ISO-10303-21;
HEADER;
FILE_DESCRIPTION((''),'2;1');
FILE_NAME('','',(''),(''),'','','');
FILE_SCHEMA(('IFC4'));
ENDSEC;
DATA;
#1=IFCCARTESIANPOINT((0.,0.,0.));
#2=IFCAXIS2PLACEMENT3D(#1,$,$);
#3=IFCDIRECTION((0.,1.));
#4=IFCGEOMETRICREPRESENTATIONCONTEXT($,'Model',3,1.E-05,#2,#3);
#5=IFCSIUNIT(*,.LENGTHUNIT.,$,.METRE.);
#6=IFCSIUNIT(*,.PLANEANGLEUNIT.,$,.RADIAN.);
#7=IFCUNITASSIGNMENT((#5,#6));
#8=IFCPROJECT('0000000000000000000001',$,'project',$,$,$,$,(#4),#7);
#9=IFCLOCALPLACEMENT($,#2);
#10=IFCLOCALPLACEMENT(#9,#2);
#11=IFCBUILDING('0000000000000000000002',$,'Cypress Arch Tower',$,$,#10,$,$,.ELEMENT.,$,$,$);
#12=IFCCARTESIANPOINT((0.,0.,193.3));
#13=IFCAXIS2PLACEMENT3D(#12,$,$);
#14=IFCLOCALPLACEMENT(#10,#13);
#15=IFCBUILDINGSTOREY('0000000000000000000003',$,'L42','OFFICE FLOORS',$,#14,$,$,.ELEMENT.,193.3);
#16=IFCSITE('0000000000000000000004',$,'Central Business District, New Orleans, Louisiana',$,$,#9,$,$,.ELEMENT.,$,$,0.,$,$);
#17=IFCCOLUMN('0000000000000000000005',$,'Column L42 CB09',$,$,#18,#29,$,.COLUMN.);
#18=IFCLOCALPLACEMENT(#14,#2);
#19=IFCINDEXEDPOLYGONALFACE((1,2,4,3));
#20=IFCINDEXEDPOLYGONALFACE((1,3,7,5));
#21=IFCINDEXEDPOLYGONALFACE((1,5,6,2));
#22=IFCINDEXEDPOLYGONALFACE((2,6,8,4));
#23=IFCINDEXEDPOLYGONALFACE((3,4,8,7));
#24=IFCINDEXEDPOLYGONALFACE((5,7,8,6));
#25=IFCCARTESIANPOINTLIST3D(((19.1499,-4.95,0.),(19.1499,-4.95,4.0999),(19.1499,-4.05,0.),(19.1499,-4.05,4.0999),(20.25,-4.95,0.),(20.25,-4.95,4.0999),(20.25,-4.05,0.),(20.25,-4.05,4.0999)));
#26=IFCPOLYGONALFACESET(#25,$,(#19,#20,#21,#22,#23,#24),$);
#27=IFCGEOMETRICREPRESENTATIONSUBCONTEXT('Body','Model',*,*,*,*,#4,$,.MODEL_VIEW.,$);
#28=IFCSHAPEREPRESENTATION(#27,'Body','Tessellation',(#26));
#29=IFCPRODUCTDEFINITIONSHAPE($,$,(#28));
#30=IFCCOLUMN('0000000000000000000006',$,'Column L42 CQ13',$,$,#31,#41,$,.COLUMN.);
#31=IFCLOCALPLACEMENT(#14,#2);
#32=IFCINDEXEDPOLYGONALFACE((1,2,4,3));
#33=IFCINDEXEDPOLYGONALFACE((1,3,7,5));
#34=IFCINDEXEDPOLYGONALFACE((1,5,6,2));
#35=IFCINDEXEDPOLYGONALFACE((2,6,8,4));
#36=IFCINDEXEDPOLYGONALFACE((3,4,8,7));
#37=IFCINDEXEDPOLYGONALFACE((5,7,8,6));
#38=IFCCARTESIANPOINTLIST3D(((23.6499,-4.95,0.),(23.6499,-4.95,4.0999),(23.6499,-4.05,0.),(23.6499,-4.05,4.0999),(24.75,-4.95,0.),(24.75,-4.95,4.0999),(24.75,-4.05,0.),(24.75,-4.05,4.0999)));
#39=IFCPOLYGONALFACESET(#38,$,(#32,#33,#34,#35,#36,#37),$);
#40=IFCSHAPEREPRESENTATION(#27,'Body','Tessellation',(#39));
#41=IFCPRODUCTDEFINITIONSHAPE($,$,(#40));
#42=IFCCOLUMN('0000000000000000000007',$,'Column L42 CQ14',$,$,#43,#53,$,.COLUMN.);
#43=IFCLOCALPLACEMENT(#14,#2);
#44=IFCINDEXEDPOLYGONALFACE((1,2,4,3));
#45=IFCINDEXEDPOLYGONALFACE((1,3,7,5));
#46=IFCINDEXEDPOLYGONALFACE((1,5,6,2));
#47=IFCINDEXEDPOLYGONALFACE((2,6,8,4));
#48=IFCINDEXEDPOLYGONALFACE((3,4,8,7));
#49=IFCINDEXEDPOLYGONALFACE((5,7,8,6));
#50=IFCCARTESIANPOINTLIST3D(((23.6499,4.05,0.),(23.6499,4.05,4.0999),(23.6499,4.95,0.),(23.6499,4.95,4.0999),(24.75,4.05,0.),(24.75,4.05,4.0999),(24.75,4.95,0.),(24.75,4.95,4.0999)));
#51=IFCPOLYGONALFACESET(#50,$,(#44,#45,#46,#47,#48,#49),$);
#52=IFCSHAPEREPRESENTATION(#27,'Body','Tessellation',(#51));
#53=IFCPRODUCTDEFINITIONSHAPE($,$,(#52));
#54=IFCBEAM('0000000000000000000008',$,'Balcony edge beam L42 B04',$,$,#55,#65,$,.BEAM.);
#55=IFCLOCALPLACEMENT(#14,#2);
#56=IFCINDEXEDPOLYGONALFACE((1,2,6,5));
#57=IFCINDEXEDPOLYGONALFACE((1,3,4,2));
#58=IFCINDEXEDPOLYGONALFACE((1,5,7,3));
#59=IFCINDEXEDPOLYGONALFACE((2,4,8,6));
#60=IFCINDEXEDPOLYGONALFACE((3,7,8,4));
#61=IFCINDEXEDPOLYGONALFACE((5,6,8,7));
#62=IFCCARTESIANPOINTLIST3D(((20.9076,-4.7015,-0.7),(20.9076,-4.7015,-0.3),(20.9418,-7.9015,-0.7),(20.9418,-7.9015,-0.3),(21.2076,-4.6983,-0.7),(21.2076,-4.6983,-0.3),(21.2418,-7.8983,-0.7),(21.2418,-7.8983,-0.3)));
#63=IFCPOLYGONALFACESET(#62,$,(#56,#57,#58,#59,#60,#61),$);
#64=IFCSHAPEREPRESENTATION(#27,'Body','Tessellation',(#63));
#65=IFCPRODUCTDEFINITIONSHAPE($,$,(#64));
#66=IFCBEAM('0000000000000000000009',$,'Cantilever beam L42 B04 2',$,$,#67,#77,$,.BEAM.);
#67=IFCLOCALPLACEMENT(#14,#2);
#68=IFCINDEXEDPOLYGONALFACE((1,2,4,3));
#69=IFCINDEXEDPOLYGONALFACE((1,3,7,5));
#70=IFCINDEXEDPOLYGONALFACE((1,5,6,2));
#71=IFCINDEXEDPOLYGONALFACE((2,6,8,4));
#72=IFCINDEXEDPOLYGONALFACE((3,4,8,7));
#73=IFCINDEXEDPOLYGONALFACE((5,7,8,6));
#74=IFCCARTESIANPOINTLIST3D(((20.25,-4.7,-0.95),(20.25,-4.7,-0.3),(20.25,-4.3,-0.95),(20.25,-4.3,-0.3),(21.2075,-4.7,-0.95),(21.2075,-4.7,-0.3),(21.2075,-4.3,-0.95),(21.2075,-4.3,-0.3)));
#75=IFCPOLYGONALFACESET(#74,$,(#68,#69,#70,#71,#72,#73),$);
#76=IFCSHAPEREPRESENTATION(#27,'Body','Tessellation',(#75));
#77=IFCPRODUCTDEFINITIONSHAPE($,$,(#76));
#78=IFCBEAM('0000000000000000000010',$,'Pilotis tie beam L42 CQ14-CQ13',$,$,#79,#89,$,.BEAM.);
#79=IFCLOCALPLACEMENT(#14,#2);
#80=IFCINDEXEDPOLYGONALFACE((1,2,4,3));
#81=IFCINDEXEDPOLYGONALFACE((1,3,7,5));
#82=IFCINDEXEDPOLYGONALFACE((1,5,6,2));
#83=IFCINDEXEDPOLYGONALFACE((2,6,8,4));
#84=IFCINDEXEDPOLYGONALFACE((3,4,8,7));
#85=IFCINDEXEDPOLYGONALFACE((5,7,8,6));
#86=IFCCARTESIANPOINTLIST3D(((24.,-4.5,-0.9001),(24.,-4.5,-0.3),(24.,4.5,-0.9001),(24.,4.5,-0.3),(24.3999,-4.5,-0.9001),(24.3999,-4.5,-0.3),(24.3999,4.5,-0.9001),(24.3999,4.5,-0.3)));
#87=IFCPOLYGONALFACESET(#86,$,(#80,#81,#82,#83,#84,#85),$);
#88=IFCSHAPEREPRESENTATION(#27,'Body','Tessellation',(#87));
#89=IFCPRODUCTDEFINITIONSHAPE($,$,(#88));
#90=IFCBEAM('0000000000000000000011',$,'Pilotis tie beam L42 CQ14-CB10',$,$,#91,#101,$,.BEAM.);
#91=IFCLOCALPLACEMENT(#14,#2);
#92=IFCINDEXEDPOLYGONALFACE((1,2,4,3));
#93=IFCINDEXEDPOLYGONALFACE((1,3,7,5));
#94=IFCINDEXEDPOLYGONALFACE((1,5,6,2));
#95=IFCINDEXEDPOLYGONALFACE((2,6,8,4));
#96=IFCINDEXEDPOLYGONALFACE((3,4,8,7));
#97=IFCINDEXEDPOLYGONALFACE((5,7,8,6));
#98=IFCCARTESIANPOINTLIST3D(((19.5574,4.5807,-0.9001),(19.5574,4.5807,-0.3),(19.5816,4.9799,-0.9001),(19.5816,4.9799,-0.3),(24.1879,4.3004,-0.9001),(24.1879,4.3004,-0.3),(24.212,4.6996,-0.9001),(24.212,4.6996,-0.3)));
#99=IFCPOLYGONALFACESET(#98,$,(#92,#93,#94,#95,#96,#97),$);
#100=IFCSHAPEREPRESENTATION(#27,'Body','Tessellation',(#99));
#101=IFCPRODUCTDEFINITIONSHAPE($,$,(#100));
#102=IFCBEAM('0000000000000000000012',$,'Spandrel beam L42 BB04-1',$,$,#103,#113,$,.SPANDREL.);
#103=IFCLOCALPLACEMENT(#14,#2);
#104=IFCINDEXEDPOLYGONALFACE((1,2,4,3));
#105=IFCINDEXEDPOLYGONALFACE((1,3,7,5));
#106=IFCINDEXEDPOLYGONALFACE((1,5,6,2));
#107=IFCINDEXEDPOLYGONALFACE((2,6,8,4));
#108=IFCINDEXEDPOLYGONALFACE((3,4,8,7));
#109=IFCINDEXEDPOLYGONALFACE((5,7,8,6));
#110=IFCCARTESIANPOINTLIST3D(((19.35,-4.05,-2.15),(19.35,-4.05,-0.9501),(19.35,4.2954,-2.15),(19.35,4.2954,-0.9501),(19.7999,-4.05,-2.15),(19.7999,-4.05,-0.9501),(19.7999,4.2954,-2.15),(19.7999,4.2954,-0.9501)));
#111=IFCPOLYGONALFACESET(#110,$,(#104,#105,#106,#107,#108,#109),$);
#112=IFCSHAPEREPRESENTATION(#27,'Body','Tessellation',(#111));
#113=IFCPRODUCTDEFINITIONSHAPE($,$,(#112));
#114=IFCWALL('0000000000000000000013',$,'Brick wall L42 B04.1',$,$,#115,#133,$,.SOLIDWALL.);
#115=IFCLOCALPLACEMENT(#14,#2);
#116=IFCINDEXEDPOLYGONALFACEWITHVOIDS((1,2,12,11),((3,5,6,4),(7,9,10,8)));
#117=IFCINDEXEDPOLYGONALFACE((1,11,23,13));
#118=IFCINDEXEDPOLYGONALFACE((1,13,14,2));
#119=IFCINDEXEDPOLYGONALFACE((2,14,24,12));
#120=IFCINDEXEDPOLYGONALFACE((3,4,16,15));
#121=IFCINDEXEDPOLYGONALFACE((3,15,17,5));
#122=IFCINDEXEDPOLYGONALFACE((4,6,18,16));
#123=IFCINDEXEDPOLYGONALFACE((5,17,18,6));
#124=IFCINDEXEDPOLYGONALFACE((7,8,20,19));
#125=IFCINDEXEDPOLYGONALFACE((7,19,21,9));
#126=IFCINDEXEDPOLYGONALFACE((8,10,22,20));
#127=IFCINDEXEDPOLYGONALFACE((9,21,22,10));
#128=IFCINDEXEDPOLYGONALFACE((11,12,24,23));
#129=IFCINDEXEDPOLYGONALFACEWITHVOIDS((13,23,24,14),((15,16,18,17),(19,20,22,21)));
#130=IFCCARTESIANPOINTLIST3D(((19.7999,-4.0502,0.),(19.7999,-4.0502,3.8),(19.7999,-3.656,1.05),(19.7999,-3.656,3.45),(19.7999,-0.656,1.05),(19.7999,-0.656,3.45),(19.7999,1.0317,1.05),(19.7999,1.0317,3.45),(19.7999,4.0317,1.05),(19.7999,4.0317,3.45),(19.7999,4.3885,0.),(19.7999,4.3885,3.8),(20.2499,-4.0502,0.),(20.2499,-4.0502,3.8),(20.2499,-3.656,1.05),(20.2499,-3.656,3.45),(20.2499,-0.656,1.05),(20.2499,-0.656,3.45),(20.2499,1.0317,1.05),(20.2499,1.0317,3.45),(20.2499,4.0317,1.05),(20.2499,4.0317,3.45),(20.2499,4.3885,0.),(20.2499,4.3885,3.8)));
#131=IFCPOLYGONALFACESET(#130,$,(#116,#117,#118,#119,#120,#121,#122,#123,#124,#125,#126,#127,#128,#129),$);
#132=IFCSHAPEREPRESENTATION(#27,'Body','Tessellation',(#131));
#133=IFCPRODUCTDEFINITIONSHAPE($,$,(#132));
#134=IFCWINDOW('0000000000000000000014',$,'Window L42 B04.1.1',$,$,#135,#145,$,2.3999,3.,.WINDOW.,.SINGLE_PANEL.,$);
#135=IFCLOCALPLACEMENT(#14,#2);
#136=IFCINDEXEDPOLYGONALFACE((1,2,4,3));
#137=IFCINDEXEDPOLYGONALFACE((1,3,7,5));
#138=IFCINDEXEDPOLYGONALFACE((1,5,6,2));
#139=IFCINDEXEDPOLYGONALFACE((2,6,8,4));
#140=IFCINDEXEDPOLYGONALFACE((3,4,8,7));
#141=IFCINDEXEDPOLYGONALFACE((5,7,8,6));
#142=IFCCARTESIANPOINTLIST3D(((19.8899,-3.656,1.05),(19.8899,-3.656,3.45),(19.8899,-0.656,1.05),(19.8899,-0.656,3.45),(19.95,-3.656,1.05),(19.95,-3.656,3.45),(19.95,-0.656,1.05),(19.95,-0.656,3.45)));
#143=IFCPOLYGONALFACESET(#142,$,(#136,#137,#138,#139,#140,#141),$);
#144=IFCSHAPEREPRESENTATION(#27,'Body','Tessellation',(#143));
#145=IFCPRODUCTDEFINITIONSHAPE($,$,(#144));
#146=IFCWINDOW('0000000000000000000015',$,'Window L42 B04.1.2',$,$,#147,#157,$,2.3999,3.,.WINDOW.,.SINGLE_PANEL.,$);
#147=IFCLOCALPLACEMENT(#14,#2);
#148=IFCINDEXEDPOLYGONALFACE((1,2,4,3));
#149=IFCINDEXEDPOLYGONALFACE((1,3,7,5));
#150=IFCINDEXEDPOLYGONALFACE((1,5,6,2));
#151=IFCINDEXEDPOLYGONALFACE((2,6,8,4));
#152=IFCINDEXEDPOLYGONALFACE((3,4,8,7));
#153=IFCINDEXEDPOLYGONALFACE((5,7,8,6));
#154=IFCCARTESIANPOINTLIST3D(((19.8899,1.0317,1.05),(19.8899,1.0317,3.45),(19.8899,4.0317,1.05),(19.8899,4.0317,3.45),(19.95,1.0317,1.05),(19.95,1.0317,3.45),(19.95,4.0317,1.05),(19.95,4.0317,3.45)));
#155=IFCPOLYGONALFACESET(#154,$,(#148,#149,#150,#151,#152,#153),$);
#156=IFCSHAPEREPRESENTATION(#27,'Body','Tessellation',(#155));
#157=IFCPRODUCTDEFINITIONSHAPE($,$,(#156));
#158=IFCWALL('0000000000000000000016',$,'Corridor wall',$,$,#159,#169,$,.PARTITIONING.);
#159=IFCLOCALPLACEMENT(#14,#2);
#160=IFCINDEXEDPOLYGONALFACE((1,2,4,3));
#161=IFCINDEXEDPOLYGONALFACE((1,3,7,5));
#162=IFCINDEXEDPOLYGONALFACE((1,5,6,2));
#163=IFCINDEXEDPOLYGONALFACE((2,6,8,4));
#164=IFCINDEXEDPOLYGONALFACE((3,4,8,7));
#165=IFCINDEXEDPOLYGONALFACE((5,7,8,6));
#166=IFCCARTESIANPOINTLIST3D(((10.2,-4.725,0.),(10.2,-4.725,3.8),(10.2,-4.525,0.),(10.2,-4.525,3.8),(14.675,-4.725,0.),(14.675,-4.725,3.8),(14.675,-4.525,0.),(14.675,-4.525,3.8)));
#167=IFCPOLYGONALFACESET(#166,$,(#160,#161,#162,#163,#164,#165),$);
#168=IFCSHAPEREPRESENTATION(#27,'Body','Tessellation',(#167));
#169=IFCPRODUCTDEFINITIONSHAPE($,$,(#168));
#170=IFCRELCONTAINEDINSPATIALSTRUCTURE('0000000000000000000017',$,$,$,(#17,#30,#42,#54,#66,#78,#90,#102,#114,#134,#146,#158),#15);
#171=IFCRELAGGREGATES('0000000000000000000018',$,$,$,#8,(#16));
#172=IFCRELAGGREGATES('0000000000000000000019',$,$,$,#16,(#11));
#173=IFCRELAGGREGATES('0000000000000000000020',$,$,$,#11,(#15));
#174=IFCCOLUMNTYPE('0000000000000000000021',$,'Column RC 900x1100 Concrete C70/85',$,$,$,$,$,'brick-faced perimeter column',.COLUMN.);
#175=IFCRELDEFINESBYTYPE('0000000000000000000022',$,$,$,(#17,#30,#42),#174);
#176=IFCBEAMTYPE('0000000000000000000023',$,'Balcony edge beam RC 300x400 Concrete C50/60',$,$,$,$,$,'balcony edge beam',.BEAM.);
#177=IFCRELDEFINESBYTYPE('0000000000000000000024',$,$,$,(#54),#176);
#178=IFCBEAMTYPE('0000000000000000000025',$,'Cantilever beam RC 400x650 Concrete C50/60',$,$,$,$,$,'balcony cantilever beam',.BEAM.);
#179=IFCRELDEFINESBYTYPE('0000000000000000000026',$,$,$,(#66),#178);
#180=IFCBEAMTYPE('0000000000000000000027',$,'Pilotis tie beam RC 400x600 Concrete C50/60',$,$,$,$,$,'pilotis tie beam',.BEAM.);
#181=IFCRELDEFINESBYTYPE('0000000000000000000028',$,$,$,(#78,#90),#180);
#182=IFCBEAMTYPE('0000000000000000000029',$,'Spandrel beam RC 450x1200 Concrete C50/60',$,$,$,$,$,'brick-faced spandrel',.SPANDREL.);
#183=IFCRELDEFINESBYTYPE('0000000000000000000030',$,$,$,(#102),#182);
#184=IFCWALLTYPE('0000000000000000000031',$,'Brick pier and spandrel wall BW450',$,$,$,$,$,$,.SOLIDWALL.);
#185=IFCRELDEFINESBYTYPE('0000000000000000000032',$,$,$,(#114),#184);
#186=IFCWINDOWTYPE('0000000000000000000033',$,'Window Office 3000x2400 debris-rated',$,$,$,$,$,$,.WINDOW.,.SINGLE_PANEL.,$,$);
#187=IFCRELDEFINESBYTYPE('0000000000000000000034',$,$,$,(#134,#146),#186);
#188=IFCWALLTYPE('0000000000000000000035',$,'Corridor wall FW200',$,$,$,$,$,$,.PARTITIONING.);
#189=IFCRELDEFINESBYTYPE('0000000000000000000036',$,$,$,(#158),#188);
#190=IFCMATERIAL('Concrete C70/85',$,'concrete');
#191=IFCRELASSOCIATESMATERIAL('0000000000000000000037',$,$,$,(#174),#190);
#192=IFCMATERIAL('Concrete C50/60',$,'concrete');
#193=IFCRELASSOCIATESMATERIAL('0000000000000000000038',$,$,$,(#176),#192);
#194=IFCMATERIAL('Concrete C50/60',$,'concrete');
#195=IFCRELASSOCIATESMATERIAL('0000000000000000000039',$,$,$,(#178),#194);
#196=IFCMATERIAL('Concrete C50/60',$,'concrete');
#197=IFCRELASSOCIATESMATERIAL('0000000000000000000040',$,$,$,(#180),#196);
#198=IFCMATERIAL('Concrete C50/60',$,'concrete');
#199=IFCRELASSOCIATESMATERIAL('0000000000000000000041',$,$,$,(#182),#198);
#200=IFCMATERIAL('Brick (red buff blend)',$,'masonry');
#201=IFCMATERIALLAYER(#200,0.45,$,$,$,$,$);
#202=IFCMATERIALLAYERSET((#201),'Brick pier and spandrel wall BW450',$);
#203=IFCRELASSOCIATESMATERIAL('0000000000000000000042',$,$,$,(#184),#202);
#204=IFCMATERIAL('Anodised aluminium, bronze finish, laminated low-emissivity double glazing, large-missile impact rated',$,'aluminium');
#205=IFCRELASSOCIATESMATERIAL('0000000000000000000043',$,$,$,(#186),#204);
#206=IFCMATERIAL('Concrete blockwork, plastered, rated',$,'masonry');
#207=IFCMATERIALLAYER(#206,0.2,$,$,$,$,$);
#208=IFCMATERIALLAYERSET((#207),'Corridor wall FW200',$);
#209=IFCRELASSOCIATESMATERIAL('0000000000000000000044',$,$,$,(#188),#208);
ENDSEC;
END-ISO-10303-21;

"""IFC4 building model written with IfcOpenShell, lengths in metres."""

from ifc_helpers import new_model, si_unit, direction, frame, frame_2d, origin, origin_2d, place, context, subcontext, project, spatial, rectangle, extrude, material, layer, layer_set, material_profile, profile_set, type_object, element, fill, save


model = new_model("IFC4")

# Units and contexts
model_context = context("Model", 3, precision=1e-05, world=origin(), true_north=direction((0.0, 1.0)))
body_context = subcontext(model_context, "Body", "Model", "MODEL_VIEW")
ifc_project = project(units=[si_unit("LENGTHUNIT", "METRE"), si_unit("PLANEANGLEUNIT", "RADIAN")], contexts=[model_context])

# Site, building, storey
site_placement = place(None, origin())
site = spatial("IfcSite", under=ifc_project, at=site_placement, Name="Central Business District, New Orleans, Louisiana", CompositionType="ELEMENT", RefElevation=0.0)
building_placement = place(site_placement, origin())
building = spatial("IfcBuilding", under=site, at=building_placement, Name="Cypress Arch Tower", CompositionType="ELEMENT")
storey_placement = place(building_placement, frame((0.0, 0.0, 193.3)))
storey = spatial("IfcBuildingStorey", under=building, at=storey_placement, Name="L42", Description="OFFICE FLOORS", CompositionType="ELEMENT", Elevation=193.3)

# Columns
ifc_material_1 = material(Name="Concrete C70/85", Category="concrete")
ifc_material_profile_1 = material_profile(ifc_material_1, rectangle(XDim=0.8999, YDim=1.1001, at=origin_2d()), Name="RC 900x1100")
ifc_profile_set_1 = profile_set([ifc_material_profile_1], Name="Concrete C70/85")
column_type = type_object("IfcColumnType", Name="Column RC 900x1100 Concrete C70/85", ElementType="brick-faced perimeter column", PredefinedType="COLUMN", material=ifc_profile_set_1)
for number, where, z_axis, x_axis, name in (
    (1, (19.7, -4.5, 0.0), (0.0, 0.0, 1.0), (0.0, 1.0, 0.0), "Column L42 CB09"),
    (2, (24.2, -4.5, 0.0), (0.0, 0.0, 1.0), (0.0, 1.0, 0.0), "Column L42 CQ13"),
    (3, (24.2, 4.5, 0.0), (0.0, 0.0, 1.0), (0.0, 1.0, 0.0), "Column L42 CQ14"),
):
    element("IfcColumn", number, at=place(storey_placement, frame(where, z_axis=z_axis, x_axis=x_axis)), inside=storey, type_object=column_type, Name=name, PredefinedType="COLUMN", context=body_context, shape_type="SweptSolid", body=[
        extrude(rectangle(XDim=0.8999, YDim=1.1001, at=origin_2d()), origin(), (0.0, 0.0, 1.0), 4.0999),
    ])

# Beams
ifc_material_2 = material(Name="Concrete C50/60", Category="concrete")
ifc_material_profile_2 = material_profile(ifc_material_2, rectangle(XDim=0.3, YDim=0.3999, at=origin_2d()), Name="RC 300x400")
ifc_profile_set_2 = profile_set([ifc_material_profile_2], Name="Concrete C50/60")
beam_type_1 = type_object("IfcBeamType", Name="Balcony edge beam RC 300x400 Concrete C50/60", ElementType="balcony edge beam", PredefinedType="BEAM", material=ifc_profile_set_2)
beam_1_placement = place(storey_placement, frame((21.0918, -7.8999, -0.5), z_axis=(-0.010681, 0.999943, 0.0), x_axis=(-0.999943, -0.010681, 0.0)))
element("IfcBeam", 4, at=beam_1_placement, inside=storey, type_object=beam_type_1, Name="Balcony edge beam L42 B04", PredefinedType="BEAM", context=body_context, shape_type="SweptSolid", body=[
    extrude(rectangle(XDim=0.3, YDim=0.3999, at=origin_2d()), origin(), (0.0, 0.0, 1.0), 3.2002),
])
ifc_material_3 = material(Name="Concrete C50/60", Category="concrete")
ifc_material_profile_3 = material_profile(ifc_material_3, rectangle(XDim=0.3999, YDim=0.6499, at=origin_2d()), Name="RC 400x650")
ifc_profile_set_3 = profile_set([ifc_material_profile_3], Name="Concrete C50/60")
beam_type_2 = type_object("IfcBeamType", Name="Cantilever beam RC 400x650 Concrete C50/60", ElementType="balcony cantilever beam", PredefinedType="BEAM", material=ifc_profile_set_3)
beam_2_placement = place(storey_placement, frame((20.25, -4.5, -0.625), z_axis=(1.0, 0.0, 0.0), x_axis=(0.0, 1.0, 0.0)))
element("IfcBeam", 5, at=beam_2_placement, inside=storey, type_object=beam_type_2, Name="Cantilever beam L42 B04 2", PredefinedType="BEAM", context=body_context, shape_type="SweptSolid", body=[
    extrude(rectangle(XDim=0.3999, YDim=0.6499, at=origin_2d()), origin(), (0.0, 0.0, 1.0), 0.9575),
])
ifc_material_4 = material(Name="Concrete C50/60", Category="concrete")
ifc_material_profile_4 = material_profile(ifc_material_4, rectangle(XDim=0.3999, YDim=0.6001, at=origin_2d()), Name="RC 400x600")
ifc_profile_set_4 = profile_set([ifc_material_profile_4], Name="Concrete C50/60")
beam_type_3 = type_object("IfcBeamType", Name="Pilotis tie beam RC 400x600 Concrete C50/60", ElementType="pilotis tie beam", PredefinedType="BEAM", material=ifc_profile_set_4)
beam_3_placement = place(storey_placement, frame((24.2, 4.5, -0.6001), z_axis=(0.0, -1.0, 0.0), x_axis=(1.0, 0.0, 0.0)))
element("IfcBeam", 6, at=beam_3_placement, inside=storey, type_object=beam_type_3, Name="Pilotis tie beam L42 CQ14-CQ13", PredefinedType="BEAM", context=body_context, shape_type="SweptSolid", body=[
    extrude(rectangle(XDim=0.3999, YDim=0.6001, at=origin_2d()), origin(), (0.0, 0.0, 1.0), 9.0),
])
beam_4_placement = place(storey_placement, frame((24.2, 4.5, -0.6001), z_axis=(-0.998173, 0.060419, 0.0), x_axis=(-0.060419, -0.998173, 0.0)))
element("IfcBeam", 7, at=beam_4_placement, inside=storey, type_object=beam_type_3, Name="Pilotis tie beam L42 CQ14-CB10", PredefinedType="BEAM", context=body_context, shape_type="SweptSolid", body=[
    extrude(rectangle(XDim=0.3999, YDim=0.6001, at=origin_2d()), origin(), (0.0, 0.0, 1.0), 4.6389),
])
ifc_material_5 = material(Name="Concrete C50/60", Category="concrete")
ifc_material_profile_5 = material_profile(ifc_material_5, rectangle(XDim=0.45, YDim=1.2, at=origin_2d()), Name="RC 450x1200")
ifc_profile_set_5 = profile_set([ifc_material_profile_5], Name="Concrete C50/60")
beam_type_4 = type_object("IfcBeamType", Name="Spandrel beam RC 450x1200 Concrete C50/60", ElementType="brick-faced spandrel", PredefinedType="SPANDREL", material=ifc_profile_set_5)
beam_5_placement = place(storey_placement, frame((19.575, -4.05, -1.55), z_axis=(0.0, 1.0, 0.0), x_axis=(-1.0, 0.0, 0.0)))
element("IfcBeam", 8, at=beam_5_placement, inside=storey, type_object=beam_type_4, Name="Spandrel beam L42 BB04-1", PredefinedType="SPANDREL", context=body_context, shape_type="SweptSolid", body=[
    extrude(rectangle(XDim=0.45, YDim=1.2, at=origin_2d()), origin(), (0.0, 0.0, 1.0), 8.3455),
])

# Wall, openings, windows
ifc_material_6 = material(Name="Brick (red buff blend)", Category="masonry")
ifc_layer_1 = layer(ifc_material_6, 0.45)
ifc_layer_set_1 = layer_set([ifc_layer_1], Name="Brick pier and spandrel wall BW450")
wall_type_1 = type_object("IfcWallType", Name="Brick pier and spandrel wall BW450", PredefinedType="SOLIDWALL", material=ifc_layer_set_1)
wall_1_placement = place(storey_placement, frame((20.0249, -4.05, 0.0), z_axis=(0.0, 0.0, 1.0), x_axis=(0.0, 1.0, 0.0)))
wall_1 = element("IfcWall", 9, at=wall_1_placement, inside=storey, type_object=wall_type_1, Name="Brick wall L42 B04.1", PredefinedType="SOLIDWALL", context=body_context, shape_type="SweptSolid", body=[
    extrude(rectangle(XDim=8.4387, YDim=0.45, at=frame_2d((4.2192, 0.0))), origin(), (0.0, 0.0, 1.0), 3.8),
])
opening_1_placement = place(wall_1_placement, frame((0.394, 0.0, 1.05)))
opening_1 = element("IfcOpeningElement", 10, at=opening_1_placement, cuts=wall_1, PredefinedType="OPENING", context=body_context, shape_type="SweptSolid", body=[
    extrude(rectangle(XDim=3.0, YDim=2.3999, at=frame_2d((1.5, 1.2))), frame((0.0, 0.2349, 0.0), z_axis=(0.0, -1.0, 0.0), x_axis=(1.0, 0.0, 0.0)), (0.0, 0.0, 1.0), 0.47),
])
opening_2_placement = place(wall_1_placement, frame((5.0818, 0.0, 1.05)))
opening_2 = element("IfcOpeningElement", 11, at=opening_2_placement, cuts=wall_1, PredefinedType="OPENING", context=body_context, shape_type="SweptSolid", body=[
    extrude(rectangle(XDim=3.0, YDim=2.3999, at=frame_2d((1.5, 1.2))), frame((0.0, 0.2349, 0.0), z_axis=(0.0, -1.0, 0.0), x_axis=(1.0, 0.0, 0.0)), (0.0, 0.0, 1.0), 0.47),
])
ifc_material_7 = material(Name="Anodised aluminium, bronze finish, laminated low-emissivity double glazing, large-missile impact rated", Category="aluminium")
window_type = type_object("IfcWindowType", Name="Window Office 3000x2400 debris-rated", PartitioningType="SINGLE_PANEL", PredefinedType="WINDOW", material=ifc_material_7)
window_1_placement = place(opening_1_placement, origin())
window_1 = element("IfcWindow", 12, at=window_1_placement, inside=storey, type_object=window_type, Name="Window L42 B04.1.1", OverallHeight=2.3999, OverallWidth=3.0, PartitioningType="SINGLE_PANEL", PredefinedType="WINDOW", context=body_context, shape_type="SweptSolid", body=[
    extrude(rectangle(XDim=3.0, YDim=2.3999, at=frame_2d((1.5, 1.2))), frame((0.0, 0.135, 0.0), z_axis=(0.0, -1.0, 0.0), x_axis=(1.0, 0.0, 0.0)), (0.0, 0.0, 1.0), 0.0601),
])
fill(opening_1, window_1)
window_2_placement = place(opening_2_placement, origin())
window_2 = element("IfcWindow", 13, at=window_2_placement, inside=storey, type_object=window_type, Name="Window L42 B04.1.2", OverallHeight=2.3999, OverallWidth=3.0, PartitioningType="SINGLE_PANEL", PredefinedType="WINDOW", context=body_context, shape_type="SweptSolid", body=[
    extrude(rectangle(XDim=3.0, YDim=2.3999, at=frame_2d((1.5, 1.2))), frame((0.0, 0.135, 0.0), z_axis=(0.0, -1.0, 0.0), x_axis=(1.0, 0.0, 0.0)), (0.0, 0.0, 1.0), 0.0601),
])
fill(opening_2, window_2)

# Wall
ifc_material_8 = material(Name="Concrete blockwork, plastered, rated", Category="masonry")
ifc_layer_2 = layer(ifc_material_8, 0.2)
ifc_layer_set_2 = layer_set([ifc_layer_2], Name="Corridor wall FW200")
wall_type_2 = type_object("IfcWallType", Name="Corridor wall FW200", PredefinedType="PARTITIONING", material=ifc_layer_set_2)
for number, where, z_axis, x_axis, name in (
    (14, (10.2, -4.625, 0.0), (0.0, 0.0, 1.0), (1.0, 0.0, 0.0), "Corridor wall"),
):
    element("IfcWall", number, at=place(storey_placement, frame(where, z_axis=z_axis, x_axis=x_axis)), inside=storey, type_object=wall_type_2, Name=name, PredefinedType="PARTITIONING", context=body_context, shape_type="SweptSolid", body=[
        extrude(rectangle(XDim=4.4751, YDim=0.2, at=frame_2d((2.2375, 0.0))), origin(), (0.0, 0.0, 1.0), 3.8),
    ])

save(model, "model.ifc")
